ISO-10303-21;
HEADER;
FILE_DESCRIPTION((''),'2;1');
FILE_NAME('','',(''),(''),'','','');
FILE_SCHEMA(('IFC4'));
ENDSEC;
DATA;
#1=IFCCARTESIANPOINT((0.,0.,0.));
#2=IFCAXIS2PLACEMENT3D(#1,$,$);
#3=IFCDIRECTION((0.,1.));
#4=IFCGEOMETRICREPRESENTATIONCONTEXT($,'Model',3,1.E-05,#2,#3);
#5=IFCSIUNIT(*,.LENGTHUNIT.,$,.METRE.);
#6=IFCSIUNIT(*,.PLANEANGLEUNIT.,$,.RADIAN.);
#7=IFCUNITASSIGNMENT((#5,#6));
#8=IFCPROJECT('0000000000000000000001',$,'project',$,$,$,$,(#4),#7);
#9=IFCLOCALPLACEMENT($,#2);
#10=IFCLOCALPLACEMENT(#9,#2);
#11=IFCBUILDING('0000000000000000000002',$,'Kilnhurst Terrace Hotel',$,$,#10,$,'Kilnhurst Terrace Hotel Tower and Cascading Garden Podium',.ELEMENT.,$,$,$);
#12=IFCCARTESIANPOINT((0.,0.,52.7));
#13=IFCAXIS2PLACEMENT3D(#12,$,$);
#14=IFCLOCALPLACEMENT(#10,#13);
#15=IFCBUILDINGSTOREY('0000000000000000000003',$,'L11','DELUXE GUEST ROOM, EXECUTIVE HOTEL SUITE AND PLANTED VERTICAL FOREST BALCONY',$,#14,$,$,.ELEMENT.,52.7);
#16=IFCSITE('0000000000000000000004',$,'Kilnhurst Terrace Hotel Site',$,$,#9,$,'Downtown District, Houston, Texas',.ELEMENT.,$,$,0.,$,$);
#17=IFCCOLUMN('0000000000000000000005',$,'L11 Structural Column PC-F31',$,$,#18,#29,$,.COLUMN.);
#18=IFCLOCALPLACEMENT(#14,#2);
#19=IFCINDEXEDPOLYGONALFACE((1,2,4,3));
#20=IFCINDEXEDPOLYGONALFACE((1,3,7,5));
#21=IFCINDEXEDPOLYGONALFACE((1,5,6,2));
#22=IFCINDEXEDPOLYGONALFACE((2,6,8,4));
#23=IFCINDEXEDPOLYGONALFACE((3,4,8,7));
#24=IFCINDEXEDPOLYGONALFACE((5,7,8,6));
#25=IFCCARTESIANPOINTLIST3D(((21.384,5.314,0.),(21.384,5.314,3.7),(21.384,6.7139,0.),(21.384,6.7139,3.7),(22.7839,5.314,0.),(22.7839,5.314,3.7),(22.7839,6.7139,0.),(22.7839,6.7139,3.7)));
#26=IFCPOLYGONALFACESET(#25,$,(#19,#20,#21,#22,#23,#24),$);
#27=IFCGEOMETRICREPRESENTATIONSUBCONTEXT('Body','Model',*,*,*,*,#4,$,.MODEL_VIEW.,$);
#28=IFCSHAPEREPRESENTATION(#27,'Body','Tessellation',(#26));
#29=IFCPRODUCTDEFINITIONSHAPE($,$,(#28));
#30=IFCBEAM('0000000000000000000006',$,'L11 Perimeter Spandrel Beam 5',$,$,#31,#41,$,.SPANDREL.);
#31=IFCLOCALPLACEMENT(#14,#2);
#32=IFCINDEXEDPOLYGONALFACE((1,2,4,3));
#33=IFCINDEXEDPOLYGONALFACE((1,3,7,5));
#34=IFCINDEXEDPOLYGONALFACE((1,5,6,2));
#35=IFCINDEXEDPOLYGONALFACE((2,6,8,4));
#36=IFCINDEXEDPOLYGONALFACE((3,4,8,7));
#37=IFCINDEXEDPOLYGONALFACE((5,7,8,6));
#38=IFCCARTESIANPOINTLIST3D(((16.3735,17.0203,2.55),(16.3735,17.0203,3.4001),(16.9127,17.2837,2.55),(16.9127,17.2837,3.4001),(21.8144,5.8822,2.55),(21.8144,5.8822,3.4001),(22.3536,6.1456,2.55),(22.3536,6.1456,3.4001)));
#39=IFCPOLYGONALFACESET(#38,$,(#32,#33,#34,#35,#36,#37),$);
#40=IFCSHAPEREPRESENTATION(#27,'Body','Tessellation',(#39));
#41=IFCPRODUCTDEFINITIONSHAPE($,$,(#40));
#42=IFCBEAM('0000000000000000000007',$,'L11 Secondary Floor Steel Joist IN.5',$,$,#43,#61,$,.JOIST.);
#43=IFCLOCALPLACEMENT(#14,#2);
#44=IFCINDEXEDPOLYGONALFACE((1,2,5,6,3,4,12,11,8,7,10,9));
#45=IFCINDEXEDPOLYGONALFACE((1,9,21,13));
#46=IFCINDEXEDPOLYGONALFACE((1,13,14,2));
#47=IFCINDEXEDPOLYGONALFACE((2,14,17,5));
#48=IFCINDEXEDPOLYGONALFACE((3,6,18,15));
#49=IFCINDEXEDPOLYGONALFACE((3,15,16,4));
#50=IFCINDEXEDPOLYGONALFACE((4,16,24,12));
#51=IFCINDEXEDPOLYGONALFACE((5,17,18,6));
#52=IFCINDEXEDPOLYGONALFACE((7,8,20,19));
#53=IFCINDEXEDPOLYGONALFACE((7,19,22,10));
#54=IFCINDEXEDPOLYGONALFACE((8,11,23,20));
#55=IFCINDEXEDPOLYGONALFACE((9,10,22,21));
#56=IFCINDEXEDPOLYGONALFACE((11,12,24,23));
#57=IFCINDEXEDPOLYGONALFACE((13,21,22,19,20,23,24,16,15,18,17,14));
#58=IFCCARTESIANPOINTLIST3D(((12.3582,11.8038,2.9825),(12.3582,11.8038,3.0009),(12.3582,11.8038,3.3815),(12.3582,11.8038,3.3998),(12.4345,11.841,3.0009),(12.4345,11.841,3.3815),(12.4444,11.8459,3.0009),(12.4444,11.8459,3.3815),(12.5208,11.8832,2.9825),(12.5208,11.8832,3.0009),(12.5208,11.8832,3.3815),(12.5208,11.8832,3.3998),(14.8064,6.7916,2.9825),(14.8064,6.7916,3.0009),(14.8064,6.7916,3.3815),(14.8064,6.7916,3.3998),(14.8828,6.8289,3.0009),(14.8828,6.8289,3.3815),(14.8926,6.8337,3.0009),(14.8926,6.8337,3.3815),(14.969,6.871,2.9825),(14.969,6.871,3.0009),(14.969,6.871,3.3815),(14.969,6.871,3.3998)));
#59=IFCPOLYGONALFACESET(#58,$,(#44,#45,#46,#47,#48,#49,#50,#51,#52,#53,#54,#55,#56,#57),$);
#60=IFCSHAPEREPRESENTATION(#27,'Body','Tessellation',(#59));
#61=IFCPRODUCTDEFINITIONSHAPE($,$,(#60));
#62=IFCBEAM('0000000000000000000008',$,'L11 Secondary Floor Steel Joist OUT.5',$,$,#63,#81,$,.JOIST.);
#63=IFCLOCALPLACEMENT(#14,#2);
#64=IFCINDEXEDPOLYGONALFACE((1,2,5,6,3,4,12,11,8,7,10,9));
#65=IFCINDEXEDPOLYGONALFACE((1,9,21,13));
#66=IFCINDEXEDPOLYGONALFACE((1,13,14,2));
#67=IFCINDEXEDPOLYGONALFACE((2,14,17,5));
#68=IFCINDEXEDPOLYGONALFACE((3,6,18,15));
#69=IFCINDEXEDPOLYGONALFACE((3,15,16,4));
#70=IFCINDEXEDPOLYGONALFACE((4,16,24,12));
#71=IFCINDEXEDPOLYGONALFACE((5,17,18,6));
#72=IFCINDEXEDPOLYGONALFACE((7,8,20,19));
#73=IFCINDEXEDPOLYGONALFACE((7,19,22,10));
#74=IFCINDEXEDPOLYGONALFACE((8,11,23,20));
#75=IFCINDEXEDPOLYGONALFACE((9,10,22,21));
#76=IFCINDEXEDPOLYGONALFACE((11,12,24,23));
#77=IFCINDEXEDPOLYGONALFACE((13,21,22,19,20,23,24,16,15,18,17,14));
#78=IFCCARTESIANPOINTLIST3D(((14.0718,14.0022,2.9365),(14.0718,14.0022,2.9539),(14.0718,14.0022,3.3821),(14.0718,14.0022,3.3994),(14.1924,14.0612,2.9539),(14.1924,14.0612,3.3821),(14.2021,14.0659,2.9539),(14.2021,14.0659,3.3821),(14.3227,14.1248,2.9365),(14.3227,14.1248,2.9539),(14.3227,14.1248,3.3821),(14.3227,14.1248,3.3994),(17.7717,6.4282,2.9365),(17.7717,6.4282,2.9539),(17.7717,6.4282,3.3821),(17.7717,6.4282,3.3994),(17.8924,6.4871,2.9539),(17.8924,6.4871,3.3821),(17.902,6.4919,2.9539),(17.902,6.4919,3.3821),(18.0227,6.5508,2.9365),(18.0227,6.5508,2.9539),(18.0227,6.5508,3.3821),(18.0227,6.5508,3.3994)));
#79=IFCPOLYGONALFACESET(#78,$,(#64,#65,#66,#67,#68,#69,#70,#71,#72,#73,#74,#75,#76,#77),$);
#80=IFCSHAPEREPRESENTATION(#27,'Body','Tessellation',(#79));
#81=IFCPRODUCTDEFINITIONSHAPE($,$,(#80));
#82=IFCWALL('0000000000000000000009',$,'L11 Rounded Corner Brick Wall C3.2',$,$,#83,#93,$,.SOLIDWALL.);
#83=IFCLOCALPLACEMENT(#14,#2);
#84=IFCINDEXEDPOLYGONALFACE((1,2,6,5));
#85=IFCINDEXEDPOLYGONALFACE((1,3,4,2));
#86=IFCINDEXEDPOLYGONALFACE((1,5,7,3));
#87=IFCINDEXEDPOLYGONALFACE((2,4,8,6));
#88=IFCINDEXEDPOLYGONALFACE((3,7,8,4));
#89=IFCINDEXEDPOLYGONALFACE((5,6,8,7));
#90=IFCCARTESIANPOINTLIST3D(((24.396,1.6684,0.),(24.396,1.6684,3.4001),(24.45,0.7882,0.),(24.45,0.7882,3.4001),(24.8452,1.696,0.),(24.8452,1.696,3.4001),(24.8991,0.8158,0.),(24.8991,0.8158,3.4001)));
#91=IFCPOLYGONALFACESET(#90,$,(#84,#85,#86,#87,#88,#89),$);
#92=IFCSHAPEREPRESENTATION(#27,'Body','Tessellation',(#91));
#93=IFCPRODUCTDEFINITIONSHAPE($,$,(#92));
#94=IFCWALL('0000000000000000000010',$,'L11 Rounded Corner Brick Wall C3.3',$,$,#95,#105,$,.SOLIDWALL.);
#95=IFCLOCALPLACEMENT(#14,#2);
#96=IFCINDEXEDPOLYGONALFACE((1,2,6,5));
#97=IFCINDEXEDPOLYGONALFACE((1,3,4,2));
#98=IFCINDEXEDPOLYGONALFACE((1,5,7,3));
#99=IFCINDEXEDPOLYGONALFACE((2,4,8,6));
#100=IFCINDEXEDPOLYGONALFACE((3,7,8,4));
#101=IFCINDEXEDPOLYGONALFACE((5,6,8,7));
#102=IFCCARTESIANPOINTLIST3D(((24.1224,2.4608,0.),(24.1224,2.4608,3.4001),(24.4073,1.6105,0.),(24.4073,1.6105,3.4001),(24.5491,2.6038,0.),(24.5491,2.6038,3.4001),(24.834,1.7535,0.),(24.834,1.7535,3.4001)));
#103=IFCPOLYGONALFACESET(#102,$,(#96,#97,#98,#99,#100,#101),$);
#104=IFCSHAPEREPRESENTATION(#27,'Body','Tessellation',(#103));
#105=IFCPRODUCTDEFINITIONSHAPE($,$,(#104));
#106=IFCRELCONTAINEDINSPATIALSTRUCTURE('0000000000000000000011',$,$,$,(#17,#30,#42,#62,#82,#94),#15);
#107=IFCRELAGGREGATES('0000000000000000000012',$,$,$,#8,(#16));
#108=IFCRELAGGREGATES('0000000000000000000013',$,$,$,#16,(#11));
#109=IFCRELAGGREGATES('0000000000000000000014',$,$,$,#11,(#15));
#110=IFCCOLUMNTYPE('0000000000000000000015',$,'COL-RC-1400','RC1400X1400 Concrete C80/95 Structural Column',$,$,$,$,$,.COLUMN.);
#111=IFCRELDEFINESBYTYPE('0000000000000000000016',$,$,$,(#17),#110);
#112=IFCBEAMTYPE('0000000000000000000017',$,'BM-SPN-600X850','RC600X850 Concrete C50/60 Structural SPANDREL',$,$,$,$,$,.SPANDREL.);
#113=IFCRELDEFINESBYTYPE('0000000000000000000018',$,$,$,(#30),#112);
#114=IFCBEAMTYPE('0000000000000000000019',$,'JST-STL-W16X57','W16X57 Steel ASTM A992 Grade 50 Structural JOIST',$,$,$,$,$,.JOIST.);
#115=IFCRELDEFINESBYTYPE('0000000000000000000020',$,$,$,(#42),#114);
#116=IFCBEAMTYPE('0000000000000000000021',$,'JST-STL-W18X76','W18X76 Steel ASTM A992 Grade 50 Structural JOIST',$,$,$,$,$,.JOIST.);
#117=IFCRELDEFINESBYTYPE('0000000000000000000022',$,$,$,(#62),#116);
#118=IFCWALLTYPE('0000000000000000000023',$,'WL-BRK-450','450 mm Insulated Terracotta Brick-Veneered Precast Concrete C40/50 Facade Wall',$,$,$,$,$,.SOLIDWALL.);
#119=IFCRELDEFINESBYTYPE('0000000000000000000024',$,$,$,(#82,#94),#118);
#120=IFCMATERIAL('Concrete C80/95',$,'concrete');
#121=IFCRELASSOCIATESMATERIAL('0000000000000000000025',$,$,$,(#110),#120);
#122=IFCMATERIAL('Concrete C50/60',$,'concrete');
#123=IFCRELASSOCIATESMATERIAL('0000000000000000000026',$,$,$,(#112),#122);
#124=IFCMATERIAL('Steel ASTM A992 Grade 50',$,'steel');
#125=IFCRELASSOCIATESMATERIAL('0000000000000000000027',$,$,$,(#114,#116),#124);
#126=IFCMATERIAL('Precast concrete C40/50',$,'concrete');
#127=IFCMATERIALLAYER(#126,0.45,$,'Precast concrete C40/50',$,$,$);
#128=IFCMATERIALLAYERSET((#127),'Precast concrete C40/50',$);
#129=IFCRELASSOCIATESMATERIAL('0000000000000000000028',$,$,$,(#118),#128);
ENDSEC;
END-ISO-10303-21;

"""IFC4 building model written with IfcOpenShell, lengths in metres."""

from ifc_helpers import new_model, si_unit, direction, frame, frame_2d, origin, origin_2d, place, context, subcontext, project, spatial, rectangle, i_section, extrude, material, layer, layer_set, material_profile, profile_set, type_object, element, save


model = new_model("IFC4")

# Units and contexts
model_context = context("Model", 3, precision=1e-05, world=origin(), true_north=direction((0.0, 1.0)))
body_context = subcontext(model_context, "Body", "Model", "MODEL_VIEW")
ifc_project = project(units=[si_unit("LENGTHUNIT", "METRE"), si_unit("PLANEANGLEUNIT", "RADIAN")], contexts=[model_context])

# Site, building, storey
site_placement = place(None, origin())
site = spatial("IfcSite", under=ifc_project, at=site_placement, Name="Kilnhurst Terrace Hotel Site", LongName="Downtown District, Houston, Texas", CompositionType="ELEMENT", RefElevation=0.0)
building_placement = place(site_placement, origin())
building = spatial("IfcBuilding", under=site, at=building_placement, Name="Kilnhurst Terrace Hotel", LongName="Kilnhurst Terrace Hotel Tower and Cascading Garden Podium", CompositionType="ELEMENT")
storey_placement = place(building_placement, frame((0.0, 0.0, 52.7)))
storey = spatial("IfcBuildingStorey", under=building, at=storey_placement, Name="L11", Description="DELUXE GUEST ROOM, EXECUTIVE HOTEL SUITE AND PLANTED VERTICAL FOREST BALCONY", CompositionType="ELEMENT", Elevation=52.7)

# Column
ifc_material_1 = material(Name="Concrete C80/95", Category="concrete")
ifc_material_profile_1 = material_profile(ifc_material_1, rectangle(XDim=1.3999, YDim=1.3999, at=origin_2d()), Name="RC1400X1400")
ifc_profile_set_1 = profile_set([ifc_material_profile_1], Name="Concrete C80/95")
column_type = type_object("IfcColumnType", Name="COL-RC-1400", Description="RC1400X1400 Concrete C80/95 Structural Column", PredefinedType="COLUMN", material=ifc_profile_set_1)
column_placement = place(storey_placement, frame((22.084, 6.0139, 0.0), z_axis=(0.0, 0.0, 1.0), x_axis=(1.0, 0.0, 0.0)))
element("IfcColumn", 1, at=column_placement, inside=storey, type_object=column_type, Name="L11 Structural Column PC-F31", PredefinedType="COLUMN", context=body_context, shape_type="SweptSolid", body=[
    extrude(rectangle(XDim=1.3999, YDim=1.3999, at=origin_2d()), origin(), (0.0, 0.0, 1.0), 3.7),
])

# Beams
ifc_material_2 = material(Name="Concrete C50/60", Category="concrete")
ifc_material_profile_2 = material_profile(ifc_material_2, rectangle(XDim=0.6001, YDim=0.8501, at=origin_2d()), Name="RC600X850")
ifc_profile_set_2 = profile_set([ifc_material_profile_2], Name="Concrete C50/60")
beam_type_1 = type_object("IfcBeamType", Name="BM-SPN-600X850", Description="RC600X850 Concrete C50/60 Structural SPANDREL", PredefinedType="SPANDREL", material=ifc_profile_set_2)
beam_1_placement = place(storey_placement, frame((22.084, 6.0139, 2.9751), z_axis=(-0.438923, 0.898525, 0.0), x_axis=(-0.898525, -0.438923, 0.0)))
element("IfcBeam", 2, at=beam_1_placement, inside=storey, type_object=beam_type_1, Name="L11 Perimeter Spandrel Beam 5", PredefinedType="SPANDREL", context=body_context, shape_type="SweptSolid", body=[
    extrude(rectangle(XDim=0.6001, YDim=0.8501, at=origin_2d()), origin(), (0.0, 0.0, 1.0), 12.396),
])
ifc_material_3 = material(Name="Steel ASTM A992 Grade 50", Category="steel")
ifc_material_profile_3 = material_profile(ifc_material_3, i_section(OverallWidth=0.1809, OverallDepth=0.4172, WebThickness=0.011, FlangeThickness=0.0183, at=origin_2d()), Name="W16X57")
ifc_profile_set_3 = profile_set([ifc_material_profile_3], Name="Steel ASTM A992 Grade 50")
beam_type_2 = type_object("IfcBeamType", Name="JST-STL-W16X57", Description="W16X57 Steel ASTM A992 Grade 50 Structural JOIST", PredefinedType="JOIST", material=ifc_profile_set_3)
beam_2_placement = place(storey_placement, frame((14.8877, 6.8313, 3.1912), z_axis=(-0.438896, 0.898538, 0.0), x_axis=(-0.898538, -0.438896, 0.0)))
element("IfcBeam", 3, at=beam_2_placement, inside=storey, type_object=beam_type_2, Name="L11 Secondary Floor Steel Joist IN.5", PredefinedType="JOIST", context=body_context, shape_type="SweptSolid", body=[
    extrude(i_section(OverallWidth=0.1809, OverallDepth=0.4172, WebThickness=0.011, FlangeThickness=0.0183, at=origin_2d()), origin(), (0.0, 0.0, 1.0), 5.5781),
])
ifc_material_profile_4 = material_profile(ifc_material_3, i_section(OverallWidth=0.2793, OverallDepth=0.4629, WebThickness=0.0107, FlangeThickness=0.0173, at=origin_2d()), Name="W18X76")
ifc_profile_set_4 = profile_set([ifc_material_profile_4], Name="Steel ASTM A992 Grade 50")
beam_type_3 = type_object("IfcBeamType", Name="JST-STL-W18X76", Description="W18X76 Steel ASTM A992 Grade 50 Structural JOIST", PredefinedType="JOIST", material=ifc_profile_set_4)
beam_3_placement = place(storey_placement, frame((17.8972, 6.4895, 3.168), z_axis=(-0.438934, 0.898519, 0.0), x_axis=(-0.898519, -0.438934, 0.0)))
element("IfcBeam", 4, at=beam_3_placement, inside=storey, type_object=beam_type_3, Name="L11 Secondary Floor Steel Joist OUT.5", PredefinedType="JOIST", context=body_context, shape_type="SweptSolid", body=[
    extrude(i_section(OverallWidth=0.2793, OverallDepth=0.4629, WebThickness=0.0107, FlangeThickness=0.0173, at=origin_2d()), origin(), (0.0, 0.0, 1.0), 8.4294),
])

# Walls
ifc_material_4 = material(Name="Precast concrete C40/50", Category="concrete")
ifc_layer_1 = layer(ifc_material_4, 0.45, Name="Precast concrete C40/50")
ifc_layer_set_1 = layer_set([ifc_layer_1], Name="Precast concrete C40/50")
wall_type_1 = type_object("IfcWallType", Name="WL-BRK-450", Description="450 mm Insulated Terracotta Brick-Veneered Precast Concrete C40/50 Facade Wall", PredefinedType="SOLIDWALL", material=ifc_layer_set_1)
wall_1_placement = place(storey_placement, frame((24.6746, 0.802, 0.0), z_axis=(0.0, 0.0, 1.0), x_axis=(-0.061189, 0.998126, 0.0)))
element("IfcWall", 5, at=wall_1_placement, inside=storey, type_object=wall_type_1, Name="L11 Rounded Corner Brick Wall C3.2", PredefinedType="SOLIDWALL", context=body_context, shape_type="SweptSolid", body=[
    extrude(rectangle(XDim=0.8818, YDim=0.45, at=frame_2d((0.4409, 0.0))), origin(), (0.0, 0.0, 1.0), 3.4001),
])
wall_2_placement = place(storey_placement, frame((24.6206, 1.6821, 0.0), z_axis=(0.0, 0.0, 1.0), x_axis=(-0.317697, 0.948192, 0.0)))
element("IfcWall", 6, at=wall_2_placement, inside=storey, type_object=wall_type_1, Name="L11 Rounded Corner Brick Wall C3.3", PredefinedType="SOLIDWALL", context=body_context, shape_type="SweptSolid", body=[
    extrude(rectangle(XDim=0.8967, YDim=0.45, at=frame_2d((0.4482, 0.0))), origin(), (0.0, 0.0, 1.0), 3.4001),
])

save(model, "model.ifc")
